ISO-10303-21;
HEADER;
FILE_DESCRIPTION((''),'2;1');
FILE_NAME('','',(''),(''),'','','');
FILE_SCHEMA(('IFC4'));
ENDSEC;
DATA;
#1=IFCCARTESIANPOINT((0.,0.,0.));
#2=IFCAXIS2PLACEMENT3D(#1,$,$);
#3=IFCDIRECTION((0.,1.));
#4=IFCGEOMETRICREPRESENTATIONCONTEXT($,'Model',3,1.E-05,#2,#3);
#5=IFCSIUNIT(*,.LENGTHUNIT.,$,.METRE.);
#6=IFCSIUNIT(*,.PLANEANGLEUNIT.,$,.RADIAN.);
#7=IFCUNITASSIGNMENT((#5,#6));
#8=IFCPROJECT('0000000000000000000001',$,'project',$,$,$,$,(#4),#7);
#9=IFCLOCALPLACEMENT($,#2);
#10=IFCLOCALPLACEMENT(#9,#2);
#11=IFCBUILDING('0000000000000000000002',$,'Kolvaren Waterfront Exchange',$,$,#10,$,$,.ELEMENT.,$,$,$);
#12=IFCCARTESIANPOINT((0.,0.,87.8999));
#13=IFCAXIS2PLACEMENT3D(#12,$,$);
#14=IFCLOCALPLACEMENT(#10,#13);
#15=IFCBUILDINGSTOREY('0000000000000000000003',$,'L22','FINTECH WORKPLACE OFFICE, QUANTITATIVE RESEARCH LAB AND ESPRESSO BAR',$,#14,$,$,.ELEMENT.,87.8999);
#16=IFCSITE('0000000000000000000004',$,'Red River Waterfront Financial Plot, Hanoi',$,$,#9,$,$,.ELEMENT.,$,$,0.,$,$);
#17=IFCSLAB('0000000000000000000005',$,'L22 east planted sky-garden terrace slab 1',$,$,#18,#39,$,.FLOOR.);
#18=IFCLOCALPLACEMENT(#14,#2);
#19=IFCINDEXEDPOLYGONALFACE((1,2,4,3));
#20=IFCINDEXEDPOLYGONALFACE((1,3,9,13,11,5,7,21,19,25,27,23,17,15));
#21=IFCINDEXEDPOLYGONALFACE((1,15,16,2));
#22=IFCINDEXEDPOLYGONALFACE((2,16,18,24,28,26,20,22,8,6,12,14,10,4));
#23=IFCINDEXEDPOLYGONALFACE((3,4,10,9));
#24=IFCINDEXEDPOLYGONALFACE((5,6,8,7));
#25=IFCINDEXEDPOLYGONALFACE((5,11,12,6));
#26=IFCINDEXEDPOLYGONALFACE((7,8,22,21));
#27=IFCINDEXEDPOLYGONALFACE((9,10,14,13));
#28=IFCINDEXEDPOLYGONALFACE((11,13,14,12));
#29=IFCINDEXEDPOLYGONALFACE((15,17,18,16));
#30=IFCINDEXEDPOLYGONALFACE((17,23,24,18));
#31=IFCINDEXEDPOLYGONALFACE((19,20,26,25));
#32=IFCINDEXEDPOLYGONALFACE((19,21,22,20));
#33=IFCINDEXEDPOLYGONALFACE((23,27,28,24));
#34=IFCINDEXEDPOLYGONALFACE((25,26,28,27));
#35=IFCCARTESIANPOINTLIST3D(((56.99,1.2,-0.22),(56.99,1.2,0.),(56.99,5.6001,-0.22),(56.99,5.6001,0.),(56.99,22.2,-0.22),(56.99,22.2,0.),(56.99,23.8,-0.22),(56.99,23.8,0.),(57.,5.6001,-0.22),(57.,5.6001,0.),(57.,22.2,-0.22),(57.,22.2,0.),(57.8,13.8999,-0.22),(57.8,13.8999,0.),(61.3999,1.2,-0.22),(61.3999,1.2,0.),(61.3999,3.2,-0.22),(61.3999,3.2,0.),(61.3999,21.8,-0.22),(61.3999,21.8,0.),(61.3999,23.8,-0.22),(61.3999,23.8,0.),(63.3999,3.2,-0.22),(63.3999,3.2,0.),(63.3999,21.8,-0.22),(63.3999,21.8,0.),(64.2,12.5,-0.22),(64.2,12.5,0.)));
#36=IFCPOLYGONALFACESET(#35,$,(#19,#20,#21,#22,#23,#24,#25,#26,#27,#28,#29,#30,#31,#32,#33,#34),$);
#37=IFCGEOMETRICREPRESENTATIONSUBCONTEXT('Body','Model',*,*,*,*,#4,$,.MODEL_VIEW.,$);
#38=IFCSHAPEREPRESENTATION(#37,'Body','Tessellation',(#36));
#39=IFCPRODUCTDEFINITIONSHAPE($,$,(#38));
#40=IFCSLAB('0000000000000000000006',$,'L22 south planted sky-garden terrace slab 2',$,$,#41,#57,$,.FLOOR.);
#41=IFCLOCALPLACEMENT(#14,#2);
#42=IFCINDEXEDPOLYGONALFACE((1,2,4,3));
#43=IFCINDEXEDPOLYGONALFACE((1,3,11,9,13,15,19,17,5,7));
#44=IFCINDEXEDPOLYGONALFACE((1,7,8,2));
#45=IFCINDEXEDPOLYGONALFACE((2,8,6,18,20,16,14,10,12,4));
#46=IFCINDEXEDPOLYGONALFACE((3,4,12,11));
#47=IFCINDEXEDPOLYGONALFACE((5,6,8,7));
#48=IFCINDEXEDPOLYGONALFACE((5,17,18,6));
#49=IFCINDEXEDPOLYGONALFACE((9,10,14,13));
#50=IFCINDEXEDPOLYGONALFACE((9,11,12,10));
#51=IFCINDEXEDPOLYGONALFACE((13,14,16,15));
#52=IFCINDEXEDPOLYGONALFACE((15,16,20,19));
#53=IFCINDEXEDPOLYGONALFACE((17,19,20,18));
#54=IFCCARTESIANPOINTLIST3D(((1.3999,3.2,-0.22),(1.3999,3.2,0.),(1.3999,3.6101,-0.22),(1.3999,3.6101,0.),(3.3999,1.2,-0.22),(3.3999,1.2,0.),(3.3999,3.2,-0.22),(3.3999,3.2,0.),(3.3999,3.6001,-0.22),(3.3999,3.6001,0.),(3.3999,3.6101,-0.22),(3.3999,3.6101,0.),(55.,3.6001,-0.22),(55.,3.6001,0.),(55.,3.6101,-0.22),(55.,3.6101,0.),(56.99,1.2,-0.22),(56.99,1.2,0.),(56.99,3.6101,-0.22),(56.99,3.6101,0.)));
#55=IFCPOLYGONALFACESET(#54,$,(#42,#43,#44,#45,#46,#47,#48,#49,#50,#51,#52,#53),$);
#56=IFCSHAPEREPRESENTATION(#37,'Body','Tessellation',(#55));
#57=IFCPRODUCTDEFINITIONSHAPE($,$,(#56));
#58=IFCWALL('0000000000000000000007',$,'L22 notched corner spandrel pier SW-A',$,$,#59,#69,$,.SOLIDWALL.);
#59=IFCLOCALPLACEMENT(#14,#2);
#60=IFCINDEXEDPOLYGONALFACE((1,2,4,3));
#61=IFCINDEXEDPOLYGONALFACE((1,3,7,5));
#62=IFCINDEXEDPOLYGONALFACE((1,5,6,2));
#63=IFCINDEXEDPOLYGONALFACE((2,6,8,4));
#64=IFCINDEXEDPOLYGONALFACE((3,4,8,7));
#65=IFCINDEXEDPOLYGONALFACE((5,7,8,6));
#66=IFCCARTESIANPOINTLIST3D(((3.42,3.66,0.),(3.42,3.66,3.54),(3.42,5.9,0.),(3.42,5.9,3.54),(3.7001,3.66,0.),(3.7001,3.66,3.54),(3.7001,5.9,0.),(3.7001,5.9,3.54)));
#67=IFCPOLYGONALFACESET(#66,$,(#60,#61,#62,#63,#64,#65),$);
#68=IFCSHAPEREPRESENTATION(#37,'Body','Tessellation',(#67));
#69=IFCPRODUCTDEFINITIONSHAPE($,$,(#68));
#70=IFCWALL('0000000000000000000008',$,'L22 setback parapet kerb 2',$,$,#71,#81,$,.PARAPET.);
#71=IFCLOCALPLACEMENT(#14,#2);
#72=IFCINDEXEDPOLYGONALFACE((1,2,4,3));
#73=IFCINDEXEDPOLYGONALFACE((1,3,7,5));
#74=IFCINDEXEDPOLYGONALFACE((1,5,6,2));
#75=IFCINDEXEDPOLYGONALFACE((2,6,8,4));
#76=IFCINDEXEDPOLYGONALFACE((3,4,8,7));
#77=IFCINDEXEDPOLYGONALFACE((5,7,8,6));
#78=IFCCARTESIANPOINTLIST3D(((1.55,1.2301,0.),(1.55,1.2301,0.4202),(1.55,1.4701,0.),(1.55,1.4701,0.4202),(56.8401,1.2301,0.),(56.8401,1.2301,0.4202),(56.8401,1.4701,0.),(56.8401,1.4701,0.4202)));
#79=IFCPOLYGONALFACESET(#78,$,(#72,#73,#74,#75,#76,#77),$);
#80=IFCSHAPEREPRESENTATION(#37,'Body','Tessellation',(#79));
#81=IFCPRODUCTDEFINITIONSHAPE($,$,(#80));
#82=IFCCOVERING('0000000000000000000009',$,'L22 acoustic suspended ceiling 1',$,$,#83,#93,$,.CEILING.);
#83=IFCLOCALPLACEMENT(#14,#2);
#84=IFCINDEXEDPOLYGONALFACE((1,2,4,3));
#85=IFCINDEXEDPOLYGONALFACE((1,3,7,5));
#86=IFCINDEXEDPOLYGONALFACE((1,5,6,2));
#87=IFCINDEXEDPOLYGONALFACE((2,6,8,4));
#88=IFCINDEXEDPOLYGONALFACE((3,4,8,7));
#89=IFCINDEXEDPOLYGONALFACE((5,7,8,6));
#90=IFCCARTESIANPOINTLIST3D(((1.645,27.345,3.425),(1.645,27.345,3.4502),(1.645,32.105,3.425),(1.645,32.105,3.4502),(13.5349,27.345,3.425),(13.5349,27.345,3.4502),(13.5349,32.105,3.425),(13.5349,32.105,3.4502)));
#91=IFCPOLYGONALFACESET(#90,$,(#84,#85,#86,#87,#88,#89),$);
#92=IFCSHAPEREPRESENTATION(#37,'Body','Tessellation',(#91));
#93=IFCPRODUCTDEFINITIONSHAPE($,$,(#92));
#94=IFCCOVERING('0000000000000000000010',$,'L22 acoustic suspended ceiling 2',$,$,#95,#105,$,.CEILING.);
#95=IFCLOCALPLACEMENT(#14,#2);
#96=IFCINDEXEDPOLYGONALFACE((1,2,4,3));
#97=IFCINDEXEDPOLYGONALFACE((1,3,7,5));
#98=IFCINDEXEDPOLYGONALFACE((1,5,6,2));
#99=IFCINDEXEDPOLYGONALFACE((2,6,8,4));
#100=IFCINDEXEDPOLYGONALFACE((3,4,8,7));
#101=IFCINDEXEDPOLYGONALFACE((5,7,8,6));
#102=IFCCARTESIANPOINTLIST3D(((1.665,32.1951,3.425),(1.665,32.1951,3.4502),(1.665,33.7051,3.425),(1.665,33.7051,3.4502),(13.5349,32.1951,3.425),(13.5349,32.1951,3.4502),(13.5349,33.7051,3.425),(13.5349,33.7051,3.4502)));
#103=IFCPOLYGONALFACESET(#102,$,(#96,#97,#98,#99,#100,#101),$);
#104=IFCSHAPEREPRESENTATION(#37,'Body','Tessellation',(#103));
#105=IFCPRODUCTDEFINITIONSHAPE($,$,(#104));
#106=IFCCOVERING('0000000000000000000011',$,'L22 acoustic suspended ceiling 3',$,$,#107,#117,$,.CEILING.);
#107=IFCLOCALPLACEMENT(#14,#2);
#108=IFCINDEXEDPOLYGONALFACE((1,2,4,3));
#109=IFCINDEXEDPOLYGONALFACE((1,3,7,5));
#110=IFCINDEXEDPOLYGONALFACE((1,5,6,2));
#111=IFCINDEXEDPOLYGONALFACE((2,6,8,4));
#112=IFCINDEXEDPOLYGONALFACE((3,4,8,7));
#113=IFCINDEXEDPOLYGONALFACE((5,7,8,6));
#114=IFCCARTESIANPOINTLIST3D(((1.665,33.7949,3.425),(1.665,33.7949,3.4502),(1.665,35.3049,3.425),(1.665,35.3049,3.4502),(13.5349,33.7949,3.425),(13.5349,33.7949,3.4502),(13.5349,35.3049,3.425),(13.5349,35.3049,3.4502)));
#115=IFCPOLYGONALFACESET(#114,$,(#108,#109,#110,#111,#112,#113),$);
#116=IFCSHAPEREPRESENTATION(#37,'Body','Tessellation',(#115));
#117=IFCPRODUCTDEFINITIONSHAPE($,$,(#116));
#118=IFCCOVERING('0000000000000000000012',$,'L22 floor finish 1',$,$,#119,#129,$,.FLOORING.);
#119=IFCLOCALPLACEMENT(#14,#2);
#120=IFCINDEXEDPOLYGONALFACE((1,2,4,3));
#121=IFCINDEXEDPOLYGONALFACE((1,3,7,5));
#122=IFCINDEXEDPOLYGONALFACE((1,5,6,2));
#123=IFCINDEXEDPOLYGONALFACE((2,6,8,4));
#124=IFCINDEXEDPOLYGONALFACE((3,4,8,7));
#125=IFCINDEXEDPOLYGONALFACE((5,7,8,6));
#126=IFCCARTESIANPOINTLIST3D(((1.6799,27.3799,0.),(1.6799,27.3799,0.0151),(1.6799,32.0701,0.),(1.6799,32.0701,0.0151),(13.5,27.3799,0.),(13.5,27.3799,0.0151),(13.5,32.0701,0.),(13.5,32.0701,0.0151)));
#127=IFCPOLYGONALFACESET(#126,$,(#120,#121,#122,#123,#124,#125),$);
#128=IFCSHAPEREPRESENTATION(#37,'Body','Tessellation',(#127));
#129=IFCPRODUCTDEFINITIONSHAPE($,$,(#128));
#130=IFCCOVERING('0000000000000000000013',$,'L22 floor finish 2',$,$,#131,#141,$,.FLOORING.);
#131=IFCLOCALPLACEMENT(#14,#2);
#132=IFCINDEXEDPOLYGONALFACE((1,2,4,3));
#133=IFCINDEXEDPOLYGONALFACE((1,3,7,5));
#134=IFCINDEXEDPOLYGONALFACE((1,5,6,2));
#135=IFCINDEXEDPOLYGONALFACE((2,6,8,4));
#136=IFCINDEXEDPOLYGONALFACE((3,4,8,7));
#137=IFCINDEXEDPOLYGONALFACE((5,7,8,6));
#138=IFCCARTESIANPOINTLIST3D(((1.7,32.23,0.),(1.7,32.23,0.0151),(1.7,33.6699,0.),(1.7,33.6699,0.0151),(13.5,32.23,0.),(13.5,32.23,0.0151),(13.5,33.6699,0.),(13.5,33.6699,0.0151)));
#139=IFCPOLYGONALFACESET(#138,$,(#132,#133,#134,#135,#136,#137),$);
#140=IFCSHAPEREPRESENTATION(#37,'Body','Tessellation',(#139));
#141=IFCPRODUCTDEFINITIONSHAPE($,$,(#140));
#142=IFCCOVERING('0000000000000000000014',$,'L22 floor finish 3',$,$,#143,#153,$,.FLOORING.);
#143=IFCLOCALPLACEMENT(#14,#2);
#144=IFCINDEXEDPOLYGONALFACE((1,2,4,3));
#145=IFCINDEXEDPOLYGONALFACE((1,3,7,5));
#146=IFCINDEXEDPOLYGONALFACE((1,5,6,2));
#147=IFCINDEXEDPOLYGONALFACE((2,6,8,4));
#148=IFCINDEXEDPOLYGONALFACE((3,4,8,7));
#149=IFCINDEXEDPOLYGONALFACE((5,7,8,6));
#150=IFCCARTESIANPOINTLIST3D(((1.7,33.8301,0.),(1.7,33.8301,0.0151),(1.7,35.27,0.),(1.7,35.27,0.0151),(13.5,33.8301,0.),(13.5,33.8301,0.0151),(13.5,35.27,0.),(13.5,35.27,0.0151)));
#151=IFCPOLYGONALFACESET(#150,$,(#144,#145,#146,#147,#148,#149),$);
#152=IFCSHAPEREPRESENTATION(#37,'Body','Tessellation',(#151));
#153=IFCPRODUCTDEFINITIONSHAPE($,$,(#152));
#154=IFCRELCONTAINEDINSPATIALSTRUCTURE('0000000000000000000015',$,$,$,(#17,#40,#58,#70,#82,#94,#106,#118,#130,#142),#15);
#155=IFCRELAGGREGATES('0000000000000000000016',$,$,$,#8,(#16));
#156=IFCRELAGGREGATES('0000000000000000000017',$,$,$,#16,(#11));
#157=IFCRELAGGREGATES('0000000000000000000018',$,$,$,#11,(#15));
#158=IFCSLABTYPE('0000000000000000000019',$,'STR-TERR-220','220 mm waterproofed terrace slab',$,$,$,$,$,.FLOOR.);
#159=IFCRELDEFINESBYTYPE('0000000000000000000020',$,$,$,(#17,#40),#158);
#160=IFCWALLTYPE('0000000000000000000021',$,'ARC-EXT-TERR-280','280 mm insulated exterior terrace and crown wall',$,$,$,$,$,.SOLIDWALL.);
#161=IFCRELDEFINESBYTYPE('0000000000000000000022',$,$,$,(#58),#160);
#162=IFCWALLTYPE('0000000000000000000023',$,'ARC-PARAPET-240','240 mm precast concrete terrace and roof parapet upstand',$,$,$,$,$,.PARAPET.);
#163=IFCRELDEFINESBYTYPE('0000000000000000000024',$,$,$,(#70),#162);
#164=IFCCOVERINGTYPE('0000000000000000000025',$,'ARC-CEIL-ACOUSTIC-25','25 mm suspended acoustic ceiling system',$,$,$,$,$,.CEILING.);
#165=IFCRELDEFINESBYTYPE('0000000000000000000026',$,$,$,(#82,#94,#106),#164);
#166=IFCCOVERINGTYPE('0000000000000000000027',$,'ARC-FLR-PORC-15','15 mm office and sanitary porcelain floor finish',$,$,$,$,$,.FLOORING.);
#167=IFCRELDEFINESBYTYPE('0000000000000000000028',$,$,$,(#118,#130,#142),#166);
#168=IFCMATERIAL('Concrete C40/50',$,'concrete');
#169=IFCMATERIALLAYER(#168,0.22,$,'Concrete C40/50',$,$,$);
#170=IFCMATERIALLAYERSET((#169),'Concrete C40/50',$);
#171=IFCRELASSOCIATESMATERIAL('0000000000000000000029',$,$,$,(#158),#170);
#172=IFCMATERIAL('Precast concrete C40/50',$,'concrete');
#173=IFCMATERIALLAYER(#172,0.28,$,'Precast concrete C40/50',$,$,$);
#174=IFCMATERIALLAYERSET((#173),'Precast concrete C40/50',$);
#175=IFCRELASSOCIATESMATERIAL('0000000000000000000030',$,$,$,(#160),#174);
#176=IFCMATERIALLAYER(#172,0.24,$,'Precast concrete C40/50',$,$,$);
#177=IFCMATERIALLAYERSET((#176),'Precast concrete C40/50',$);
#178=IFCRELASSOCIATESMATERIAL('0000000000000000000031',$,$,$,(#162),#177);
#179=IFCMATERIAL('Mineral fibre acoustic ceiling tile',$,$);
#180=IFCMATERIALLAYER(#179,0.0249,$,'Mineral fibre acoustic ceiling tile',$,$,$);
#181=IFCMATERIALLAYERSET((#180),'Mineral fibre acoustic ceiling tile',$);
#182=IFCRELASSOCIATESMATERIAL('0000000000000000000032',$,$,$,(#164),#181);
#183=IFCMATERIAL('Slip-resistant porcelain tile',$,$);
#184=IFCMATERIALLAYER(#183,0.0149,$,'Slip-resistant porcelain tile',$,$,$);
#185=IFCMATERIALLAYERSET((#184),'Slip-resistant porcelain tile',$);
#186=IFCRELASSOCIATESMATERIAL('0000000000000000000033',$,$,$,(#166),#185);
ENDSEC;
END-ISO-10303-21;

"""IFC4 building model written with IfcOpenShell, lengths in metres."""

from ifc_helpers import new_model, si_unit, direction, frame, frame_2d, origin, place, context, subcontext, project, spatial, polyline, rectangle, outline, extrude, material, layer, layer_set, type_object, element, save


model = new_model("IFC4")

# Units and contexts
model_context = context("Model", 3, precision=1e-05, world=origin(), true_north=direction((0.0, 1.0)))
body_context = subcontext(model_context, "Body", "Model", "MODEL_VIEW")
ifc_project = project(units=[si_unit("LENGTHUNIT", "METRE"), si_unit("PLANEANGLEUNIT", "RADIAN")], contexts=[model_context])

# Site, building, storey
site_placement = place(None, origin())
site = spatial("IfcSite", under=ifc_project, at=site_placement, Name="Red River Waterfront Financial Plot, Hanoi", CompositionType="ELEMENT", RefElevation=0.0)
building_placement = place(site_placement, origin())
building = spatial("IfcBuilding", under=site, at=building_placement, Name="Kolvaren Waterfront Exchange", CompositionType="ELEMENT")
storey_placement = place(building_placement, frame((0.0, 0.0, 87.8999)))
storey = spatial("IfcBuildingStorey", under=building, at=storey_placement, Name="L22", Description="FINTECH WORKPLACE OFFICE, QUANTITATIVE RESEARCH LAB AND ESPRESSO BAR", CompositionType="ELEMENT", Elevation=87.8999)

# Shared definitions
ifc_material_1 = material(Name="Concrete C40/50", Category="concrete")

# Slabs
ifc_material_2 = material(Name="Precast concrete C40/50", Category="concrete")
ifc_layer_1 = layer(ifc_material_1, 0.22, Name="Concrete C40/50")
ifc_layer_set_1 = layer_set([ifc_layer_1], Name="Concrete C40/50")
slab_type_1 = type_object("IfcSlabType", Name="STR-TERR-220", Description="220 mm waterproofed terrace slab", PredefinedType="FLOOR", material=ifc_layer_set_1)
slab_1_placement = place(storey_placement, frame((0.0, 0.0, -0.22)))
element("IfcSlab", 1, at=slab_1_placement, inside=storey, type_object=slab_type_1, Name="L22 east planted sky-garden terrace slab 1", PredefinedType="FLOOR", context=body_context, shape_type="SweptSolid", body=[
    extrude(outline(polyline([(61.3999, 21.8), (63.3999, 21.8), (64.2, 12.5), (63.3999, 3.2), (61.3999, 3.2), (61.3999, 1.2), (56.99, 1.2), (56.99, 5.6001), (57.0, 5.6001), (57.8, 13.8999), (57.0, 22.2), (56.99, 22.2), (56.99, 23.8), (61.3999, 23.8), (61.3999, 21.8)])), origin(), (0.0, 0.0, 1.0), 0.22),
])
slab_2_placement = place(storey_placement, frame((0.0, 0.0, -0.22)))
element("IfcSlab", 2, at=slab_2_placement, inside=storey, type_object=slab_type_1, Name="L22 south planted sky-garden terrace slab 2", PredefinedType="FLOOR", context=body_context, shape_type="SweptSolid", body=[
    extrude(outline(polyline([(3.3999, 1.2), (3.3999, 3.2), (1.3999, 3.2), (1.3999, 3.6101), (3.3999, 3.6101), (3.3999, 3.6001), (55.0, 3.6001), (55.0, 3.6101), (56.99, 3.6101), (56.99, 1.2), (3.3999, 1.2)])), origin(), (0.0, 0.0, 1.0), 0.22),
])

# Walls
ifc_layer_2 = layer(ifc_material_2, 0.28, Name="Precast concrete C40/50")
ifc_layer_set_2 = layer_set([ifc_layer_2], Name="Precast concrete C40/50")
wall_type_1 = type_object("IfcWallType", Name="ARC-EXT-TERR-280", Description="280 mm insulated exterior terrace and crown wall", PredefinedType="SOLIDWALL", material=ifc_layer_set_2)
wall_1_placement = place(storey_placement, frame((3.5601, 3.6599, 0.0), z_axis=(0.0, 0.0, 1.0), x_axis=(0.0, 1.0, 0.0)))
element("IfcWall", 3, at=wall_1_placement, inside=storey, type_object=wall_type_1, Name="L22 notched corner spandrel pier SW-A", PredefinedType="SOLIDWALL", context=body_context, shape_type="SweptSolid", body=[
    extrude(rectangle(XDim=2.24, YDim=0.28, at=frame_2d((1.1201, 0.0))), origin(), (0.0, 0.0, 1.0), 3.54),
])
ifc_layer_3 = layer(ifc_material_2, 0.24, Name="Precast concrete C40/50")
ifc_layer_set_3 = layer_set([ifc_layer_3], Name="Precast concrete C40/50")
wall_type_2 = type_object("IfcWallType", Name="ARC-PARAPET-240", Description="240 mm precast concrete terrace and roof parapet upstand", PredefinedType="PARAPET", material=ifc_layer_set_3)
wall_2_placement = place(storey_placement, frame((1.55, 1.3501, 0.0), z_axis=(0.0, 0.0, 1.0), x_axis=(1.0, 0.0, 0.0)))
element("IfcWall", 4, at=wall_2_placement, inside=storey, type_object=wall_type_2, Name="L22 setback parapet kerb 2", PredefinedType="PARAPET", context=body_context, shape_type="SweptSolid", body=[
    extrude(rectangle(XDim=55.29, YDim=0.24, at=frame_2d((27.645, 0.0))), origin(), (0.0, 0.0, 1.0), 0.4202),
])

# Coverings
ifc_material_3 = material(Name="Mineral fibre acoustic ceiling tile")
ifc_layer_4 = layer(ifc_material_3, 0.0249, Name="Mineral fibre acoustic ceiling tile")
ifc_layer_set_4 = layer_set([ifc_layer_4], Name="Mineral fibre acoustic ceiling tile")
covering_type_1 = type_object("IfcCoveringType", Name="ARC-CEIL-ACOUSTIC-25", Description="25 mm suspended acoustic ceiling system", PredefinedType="CEILING", material=ifc_layer_set_4)
covering_1_placement = place(storey_placement, frame((0.0, 0.0, 3.425)))
element("IfcCovering", 5, at=covering_1_placement, inside=storey, type_object=covering_type_1, Name="L22 acoustic suspended ceiling 1", PredefinedType="CEILING", context=body_context, shape_type="SweptSolid", body=[
    extrude(outline(polyline([(13.5349, 27.345), (13.5349, 32.105), (1.645, 32.105), (1.645, 27.345), (13.5349, 27.345)])), origin(), (0.0, 0.0, 1.0), 0.0251),
])
covering_2_placement = place(storey_placement, frame((0.0, 0.0, 3.425)))
element("IfcCovering", 6, at=covering_2_placement, inside=storey, type_object=covering_type_1, Name="L22 acoustic suspended ceiling 2", PredefinedType="CEILING", context=body_context, shape_type="SweptSolid", body=[
    extrude(outline(polyline([(13.5349, 32.1951), (13.5349, 33.7051), (1.665, 33.7051), (1.665, 32.1951), (13.5349, 32.1951)])), origin(), (0.0, 0.0, 1.0), 0.0251),
])
covering_3_placement = place(storey_placement, frame((0.0, 0.0, 3.425)))
element("IfcCovering", 7, at=covering_3_placement, inside=storey, type_object=covering_type_1, Name="L22 acoustic suspended ceiling 3", PredefinedType="CEILING", context=body_context, shape_type="SweptSolid", body=[
    extrude(outline(polyline([(13.5349, 33.7949), (13.5349, 35.3049), (1.665, 35.3049), (1.665, 33.7949), (13.5349, 33.7949)])), origin(), (0.0, 0.0, 1.0), 0.0251),
])
ifc_material_4 = material(Name="Slip-resistant porcelain tile")
ifc_layer_5 = layer(ifc_material_4, 0.0149, Name="Slip-resistant porcelain tile")
ifc_layer_set_5 = layer_set([ifc_layer_5], Name="Slip-resistant porcelain tile")
covering_type_2 = type_object("IfcCoveringType", Name="ARC-FLR-PORC-15", Description="15 mm office and sanitary porcelain floor finish", PredefinedType="FLOORING", material=ifc_layer_set_5)
covering_4_placement = place(storey_placement, origin())
element("IfcCovering", 8, at=covering_4_placement, inside=storey, type_object=covering_type_2, Name="L22 floor finish 1", PredefinedType="FLOORING", context=body_context, shape_type="SweptSolid", body=[
    extrude(outline(polyline([(1.6799, 32.0701), (1.6799, 27.3799), (13.5, 27.3799), (13.5, 32.0701), (1.6799, 32.0701)])), origin(), (0.0, 0.0, 1.0), 0.0151),
])
covering_5_placement = place(storey_placement, origin())
element("IfcCovering", 9, at=covering_5_placement, inside=storey, type_object=covering_type_2, Name="L22 floor finish 2", PredefinedType="FLOORING", context=body_context, shape_type="SweptSolid", body=[
    extrude(outline(polyline([(1.7, 33.6699), (1.7, 32.23), (13.5, 32.23), (13.5, 33.6699), (1.7, 33.6699)])), origin(), (0.0, 0.0, 1.0), 0.0151),
])
covering_6_placement = place(storey_placement, origin())
element("IfcCovering", 10, at=covering_6_placement, inside=storey, type_object=covering_type_2, Name="L22 floor finish 3", PredefinedType="FLOORING", context=body_context, shape_type="SweptSolid", body=[
    extrude(outline(polyline([(1.7, 35.27), (1.7, 33.8301), (13.5, 33.8301), (13.5, 35.27), (1.7, 35.27)])), origin(), (0.0, 0.0, 1.0), 0.0151),
])

save(model, "model.ifc")
